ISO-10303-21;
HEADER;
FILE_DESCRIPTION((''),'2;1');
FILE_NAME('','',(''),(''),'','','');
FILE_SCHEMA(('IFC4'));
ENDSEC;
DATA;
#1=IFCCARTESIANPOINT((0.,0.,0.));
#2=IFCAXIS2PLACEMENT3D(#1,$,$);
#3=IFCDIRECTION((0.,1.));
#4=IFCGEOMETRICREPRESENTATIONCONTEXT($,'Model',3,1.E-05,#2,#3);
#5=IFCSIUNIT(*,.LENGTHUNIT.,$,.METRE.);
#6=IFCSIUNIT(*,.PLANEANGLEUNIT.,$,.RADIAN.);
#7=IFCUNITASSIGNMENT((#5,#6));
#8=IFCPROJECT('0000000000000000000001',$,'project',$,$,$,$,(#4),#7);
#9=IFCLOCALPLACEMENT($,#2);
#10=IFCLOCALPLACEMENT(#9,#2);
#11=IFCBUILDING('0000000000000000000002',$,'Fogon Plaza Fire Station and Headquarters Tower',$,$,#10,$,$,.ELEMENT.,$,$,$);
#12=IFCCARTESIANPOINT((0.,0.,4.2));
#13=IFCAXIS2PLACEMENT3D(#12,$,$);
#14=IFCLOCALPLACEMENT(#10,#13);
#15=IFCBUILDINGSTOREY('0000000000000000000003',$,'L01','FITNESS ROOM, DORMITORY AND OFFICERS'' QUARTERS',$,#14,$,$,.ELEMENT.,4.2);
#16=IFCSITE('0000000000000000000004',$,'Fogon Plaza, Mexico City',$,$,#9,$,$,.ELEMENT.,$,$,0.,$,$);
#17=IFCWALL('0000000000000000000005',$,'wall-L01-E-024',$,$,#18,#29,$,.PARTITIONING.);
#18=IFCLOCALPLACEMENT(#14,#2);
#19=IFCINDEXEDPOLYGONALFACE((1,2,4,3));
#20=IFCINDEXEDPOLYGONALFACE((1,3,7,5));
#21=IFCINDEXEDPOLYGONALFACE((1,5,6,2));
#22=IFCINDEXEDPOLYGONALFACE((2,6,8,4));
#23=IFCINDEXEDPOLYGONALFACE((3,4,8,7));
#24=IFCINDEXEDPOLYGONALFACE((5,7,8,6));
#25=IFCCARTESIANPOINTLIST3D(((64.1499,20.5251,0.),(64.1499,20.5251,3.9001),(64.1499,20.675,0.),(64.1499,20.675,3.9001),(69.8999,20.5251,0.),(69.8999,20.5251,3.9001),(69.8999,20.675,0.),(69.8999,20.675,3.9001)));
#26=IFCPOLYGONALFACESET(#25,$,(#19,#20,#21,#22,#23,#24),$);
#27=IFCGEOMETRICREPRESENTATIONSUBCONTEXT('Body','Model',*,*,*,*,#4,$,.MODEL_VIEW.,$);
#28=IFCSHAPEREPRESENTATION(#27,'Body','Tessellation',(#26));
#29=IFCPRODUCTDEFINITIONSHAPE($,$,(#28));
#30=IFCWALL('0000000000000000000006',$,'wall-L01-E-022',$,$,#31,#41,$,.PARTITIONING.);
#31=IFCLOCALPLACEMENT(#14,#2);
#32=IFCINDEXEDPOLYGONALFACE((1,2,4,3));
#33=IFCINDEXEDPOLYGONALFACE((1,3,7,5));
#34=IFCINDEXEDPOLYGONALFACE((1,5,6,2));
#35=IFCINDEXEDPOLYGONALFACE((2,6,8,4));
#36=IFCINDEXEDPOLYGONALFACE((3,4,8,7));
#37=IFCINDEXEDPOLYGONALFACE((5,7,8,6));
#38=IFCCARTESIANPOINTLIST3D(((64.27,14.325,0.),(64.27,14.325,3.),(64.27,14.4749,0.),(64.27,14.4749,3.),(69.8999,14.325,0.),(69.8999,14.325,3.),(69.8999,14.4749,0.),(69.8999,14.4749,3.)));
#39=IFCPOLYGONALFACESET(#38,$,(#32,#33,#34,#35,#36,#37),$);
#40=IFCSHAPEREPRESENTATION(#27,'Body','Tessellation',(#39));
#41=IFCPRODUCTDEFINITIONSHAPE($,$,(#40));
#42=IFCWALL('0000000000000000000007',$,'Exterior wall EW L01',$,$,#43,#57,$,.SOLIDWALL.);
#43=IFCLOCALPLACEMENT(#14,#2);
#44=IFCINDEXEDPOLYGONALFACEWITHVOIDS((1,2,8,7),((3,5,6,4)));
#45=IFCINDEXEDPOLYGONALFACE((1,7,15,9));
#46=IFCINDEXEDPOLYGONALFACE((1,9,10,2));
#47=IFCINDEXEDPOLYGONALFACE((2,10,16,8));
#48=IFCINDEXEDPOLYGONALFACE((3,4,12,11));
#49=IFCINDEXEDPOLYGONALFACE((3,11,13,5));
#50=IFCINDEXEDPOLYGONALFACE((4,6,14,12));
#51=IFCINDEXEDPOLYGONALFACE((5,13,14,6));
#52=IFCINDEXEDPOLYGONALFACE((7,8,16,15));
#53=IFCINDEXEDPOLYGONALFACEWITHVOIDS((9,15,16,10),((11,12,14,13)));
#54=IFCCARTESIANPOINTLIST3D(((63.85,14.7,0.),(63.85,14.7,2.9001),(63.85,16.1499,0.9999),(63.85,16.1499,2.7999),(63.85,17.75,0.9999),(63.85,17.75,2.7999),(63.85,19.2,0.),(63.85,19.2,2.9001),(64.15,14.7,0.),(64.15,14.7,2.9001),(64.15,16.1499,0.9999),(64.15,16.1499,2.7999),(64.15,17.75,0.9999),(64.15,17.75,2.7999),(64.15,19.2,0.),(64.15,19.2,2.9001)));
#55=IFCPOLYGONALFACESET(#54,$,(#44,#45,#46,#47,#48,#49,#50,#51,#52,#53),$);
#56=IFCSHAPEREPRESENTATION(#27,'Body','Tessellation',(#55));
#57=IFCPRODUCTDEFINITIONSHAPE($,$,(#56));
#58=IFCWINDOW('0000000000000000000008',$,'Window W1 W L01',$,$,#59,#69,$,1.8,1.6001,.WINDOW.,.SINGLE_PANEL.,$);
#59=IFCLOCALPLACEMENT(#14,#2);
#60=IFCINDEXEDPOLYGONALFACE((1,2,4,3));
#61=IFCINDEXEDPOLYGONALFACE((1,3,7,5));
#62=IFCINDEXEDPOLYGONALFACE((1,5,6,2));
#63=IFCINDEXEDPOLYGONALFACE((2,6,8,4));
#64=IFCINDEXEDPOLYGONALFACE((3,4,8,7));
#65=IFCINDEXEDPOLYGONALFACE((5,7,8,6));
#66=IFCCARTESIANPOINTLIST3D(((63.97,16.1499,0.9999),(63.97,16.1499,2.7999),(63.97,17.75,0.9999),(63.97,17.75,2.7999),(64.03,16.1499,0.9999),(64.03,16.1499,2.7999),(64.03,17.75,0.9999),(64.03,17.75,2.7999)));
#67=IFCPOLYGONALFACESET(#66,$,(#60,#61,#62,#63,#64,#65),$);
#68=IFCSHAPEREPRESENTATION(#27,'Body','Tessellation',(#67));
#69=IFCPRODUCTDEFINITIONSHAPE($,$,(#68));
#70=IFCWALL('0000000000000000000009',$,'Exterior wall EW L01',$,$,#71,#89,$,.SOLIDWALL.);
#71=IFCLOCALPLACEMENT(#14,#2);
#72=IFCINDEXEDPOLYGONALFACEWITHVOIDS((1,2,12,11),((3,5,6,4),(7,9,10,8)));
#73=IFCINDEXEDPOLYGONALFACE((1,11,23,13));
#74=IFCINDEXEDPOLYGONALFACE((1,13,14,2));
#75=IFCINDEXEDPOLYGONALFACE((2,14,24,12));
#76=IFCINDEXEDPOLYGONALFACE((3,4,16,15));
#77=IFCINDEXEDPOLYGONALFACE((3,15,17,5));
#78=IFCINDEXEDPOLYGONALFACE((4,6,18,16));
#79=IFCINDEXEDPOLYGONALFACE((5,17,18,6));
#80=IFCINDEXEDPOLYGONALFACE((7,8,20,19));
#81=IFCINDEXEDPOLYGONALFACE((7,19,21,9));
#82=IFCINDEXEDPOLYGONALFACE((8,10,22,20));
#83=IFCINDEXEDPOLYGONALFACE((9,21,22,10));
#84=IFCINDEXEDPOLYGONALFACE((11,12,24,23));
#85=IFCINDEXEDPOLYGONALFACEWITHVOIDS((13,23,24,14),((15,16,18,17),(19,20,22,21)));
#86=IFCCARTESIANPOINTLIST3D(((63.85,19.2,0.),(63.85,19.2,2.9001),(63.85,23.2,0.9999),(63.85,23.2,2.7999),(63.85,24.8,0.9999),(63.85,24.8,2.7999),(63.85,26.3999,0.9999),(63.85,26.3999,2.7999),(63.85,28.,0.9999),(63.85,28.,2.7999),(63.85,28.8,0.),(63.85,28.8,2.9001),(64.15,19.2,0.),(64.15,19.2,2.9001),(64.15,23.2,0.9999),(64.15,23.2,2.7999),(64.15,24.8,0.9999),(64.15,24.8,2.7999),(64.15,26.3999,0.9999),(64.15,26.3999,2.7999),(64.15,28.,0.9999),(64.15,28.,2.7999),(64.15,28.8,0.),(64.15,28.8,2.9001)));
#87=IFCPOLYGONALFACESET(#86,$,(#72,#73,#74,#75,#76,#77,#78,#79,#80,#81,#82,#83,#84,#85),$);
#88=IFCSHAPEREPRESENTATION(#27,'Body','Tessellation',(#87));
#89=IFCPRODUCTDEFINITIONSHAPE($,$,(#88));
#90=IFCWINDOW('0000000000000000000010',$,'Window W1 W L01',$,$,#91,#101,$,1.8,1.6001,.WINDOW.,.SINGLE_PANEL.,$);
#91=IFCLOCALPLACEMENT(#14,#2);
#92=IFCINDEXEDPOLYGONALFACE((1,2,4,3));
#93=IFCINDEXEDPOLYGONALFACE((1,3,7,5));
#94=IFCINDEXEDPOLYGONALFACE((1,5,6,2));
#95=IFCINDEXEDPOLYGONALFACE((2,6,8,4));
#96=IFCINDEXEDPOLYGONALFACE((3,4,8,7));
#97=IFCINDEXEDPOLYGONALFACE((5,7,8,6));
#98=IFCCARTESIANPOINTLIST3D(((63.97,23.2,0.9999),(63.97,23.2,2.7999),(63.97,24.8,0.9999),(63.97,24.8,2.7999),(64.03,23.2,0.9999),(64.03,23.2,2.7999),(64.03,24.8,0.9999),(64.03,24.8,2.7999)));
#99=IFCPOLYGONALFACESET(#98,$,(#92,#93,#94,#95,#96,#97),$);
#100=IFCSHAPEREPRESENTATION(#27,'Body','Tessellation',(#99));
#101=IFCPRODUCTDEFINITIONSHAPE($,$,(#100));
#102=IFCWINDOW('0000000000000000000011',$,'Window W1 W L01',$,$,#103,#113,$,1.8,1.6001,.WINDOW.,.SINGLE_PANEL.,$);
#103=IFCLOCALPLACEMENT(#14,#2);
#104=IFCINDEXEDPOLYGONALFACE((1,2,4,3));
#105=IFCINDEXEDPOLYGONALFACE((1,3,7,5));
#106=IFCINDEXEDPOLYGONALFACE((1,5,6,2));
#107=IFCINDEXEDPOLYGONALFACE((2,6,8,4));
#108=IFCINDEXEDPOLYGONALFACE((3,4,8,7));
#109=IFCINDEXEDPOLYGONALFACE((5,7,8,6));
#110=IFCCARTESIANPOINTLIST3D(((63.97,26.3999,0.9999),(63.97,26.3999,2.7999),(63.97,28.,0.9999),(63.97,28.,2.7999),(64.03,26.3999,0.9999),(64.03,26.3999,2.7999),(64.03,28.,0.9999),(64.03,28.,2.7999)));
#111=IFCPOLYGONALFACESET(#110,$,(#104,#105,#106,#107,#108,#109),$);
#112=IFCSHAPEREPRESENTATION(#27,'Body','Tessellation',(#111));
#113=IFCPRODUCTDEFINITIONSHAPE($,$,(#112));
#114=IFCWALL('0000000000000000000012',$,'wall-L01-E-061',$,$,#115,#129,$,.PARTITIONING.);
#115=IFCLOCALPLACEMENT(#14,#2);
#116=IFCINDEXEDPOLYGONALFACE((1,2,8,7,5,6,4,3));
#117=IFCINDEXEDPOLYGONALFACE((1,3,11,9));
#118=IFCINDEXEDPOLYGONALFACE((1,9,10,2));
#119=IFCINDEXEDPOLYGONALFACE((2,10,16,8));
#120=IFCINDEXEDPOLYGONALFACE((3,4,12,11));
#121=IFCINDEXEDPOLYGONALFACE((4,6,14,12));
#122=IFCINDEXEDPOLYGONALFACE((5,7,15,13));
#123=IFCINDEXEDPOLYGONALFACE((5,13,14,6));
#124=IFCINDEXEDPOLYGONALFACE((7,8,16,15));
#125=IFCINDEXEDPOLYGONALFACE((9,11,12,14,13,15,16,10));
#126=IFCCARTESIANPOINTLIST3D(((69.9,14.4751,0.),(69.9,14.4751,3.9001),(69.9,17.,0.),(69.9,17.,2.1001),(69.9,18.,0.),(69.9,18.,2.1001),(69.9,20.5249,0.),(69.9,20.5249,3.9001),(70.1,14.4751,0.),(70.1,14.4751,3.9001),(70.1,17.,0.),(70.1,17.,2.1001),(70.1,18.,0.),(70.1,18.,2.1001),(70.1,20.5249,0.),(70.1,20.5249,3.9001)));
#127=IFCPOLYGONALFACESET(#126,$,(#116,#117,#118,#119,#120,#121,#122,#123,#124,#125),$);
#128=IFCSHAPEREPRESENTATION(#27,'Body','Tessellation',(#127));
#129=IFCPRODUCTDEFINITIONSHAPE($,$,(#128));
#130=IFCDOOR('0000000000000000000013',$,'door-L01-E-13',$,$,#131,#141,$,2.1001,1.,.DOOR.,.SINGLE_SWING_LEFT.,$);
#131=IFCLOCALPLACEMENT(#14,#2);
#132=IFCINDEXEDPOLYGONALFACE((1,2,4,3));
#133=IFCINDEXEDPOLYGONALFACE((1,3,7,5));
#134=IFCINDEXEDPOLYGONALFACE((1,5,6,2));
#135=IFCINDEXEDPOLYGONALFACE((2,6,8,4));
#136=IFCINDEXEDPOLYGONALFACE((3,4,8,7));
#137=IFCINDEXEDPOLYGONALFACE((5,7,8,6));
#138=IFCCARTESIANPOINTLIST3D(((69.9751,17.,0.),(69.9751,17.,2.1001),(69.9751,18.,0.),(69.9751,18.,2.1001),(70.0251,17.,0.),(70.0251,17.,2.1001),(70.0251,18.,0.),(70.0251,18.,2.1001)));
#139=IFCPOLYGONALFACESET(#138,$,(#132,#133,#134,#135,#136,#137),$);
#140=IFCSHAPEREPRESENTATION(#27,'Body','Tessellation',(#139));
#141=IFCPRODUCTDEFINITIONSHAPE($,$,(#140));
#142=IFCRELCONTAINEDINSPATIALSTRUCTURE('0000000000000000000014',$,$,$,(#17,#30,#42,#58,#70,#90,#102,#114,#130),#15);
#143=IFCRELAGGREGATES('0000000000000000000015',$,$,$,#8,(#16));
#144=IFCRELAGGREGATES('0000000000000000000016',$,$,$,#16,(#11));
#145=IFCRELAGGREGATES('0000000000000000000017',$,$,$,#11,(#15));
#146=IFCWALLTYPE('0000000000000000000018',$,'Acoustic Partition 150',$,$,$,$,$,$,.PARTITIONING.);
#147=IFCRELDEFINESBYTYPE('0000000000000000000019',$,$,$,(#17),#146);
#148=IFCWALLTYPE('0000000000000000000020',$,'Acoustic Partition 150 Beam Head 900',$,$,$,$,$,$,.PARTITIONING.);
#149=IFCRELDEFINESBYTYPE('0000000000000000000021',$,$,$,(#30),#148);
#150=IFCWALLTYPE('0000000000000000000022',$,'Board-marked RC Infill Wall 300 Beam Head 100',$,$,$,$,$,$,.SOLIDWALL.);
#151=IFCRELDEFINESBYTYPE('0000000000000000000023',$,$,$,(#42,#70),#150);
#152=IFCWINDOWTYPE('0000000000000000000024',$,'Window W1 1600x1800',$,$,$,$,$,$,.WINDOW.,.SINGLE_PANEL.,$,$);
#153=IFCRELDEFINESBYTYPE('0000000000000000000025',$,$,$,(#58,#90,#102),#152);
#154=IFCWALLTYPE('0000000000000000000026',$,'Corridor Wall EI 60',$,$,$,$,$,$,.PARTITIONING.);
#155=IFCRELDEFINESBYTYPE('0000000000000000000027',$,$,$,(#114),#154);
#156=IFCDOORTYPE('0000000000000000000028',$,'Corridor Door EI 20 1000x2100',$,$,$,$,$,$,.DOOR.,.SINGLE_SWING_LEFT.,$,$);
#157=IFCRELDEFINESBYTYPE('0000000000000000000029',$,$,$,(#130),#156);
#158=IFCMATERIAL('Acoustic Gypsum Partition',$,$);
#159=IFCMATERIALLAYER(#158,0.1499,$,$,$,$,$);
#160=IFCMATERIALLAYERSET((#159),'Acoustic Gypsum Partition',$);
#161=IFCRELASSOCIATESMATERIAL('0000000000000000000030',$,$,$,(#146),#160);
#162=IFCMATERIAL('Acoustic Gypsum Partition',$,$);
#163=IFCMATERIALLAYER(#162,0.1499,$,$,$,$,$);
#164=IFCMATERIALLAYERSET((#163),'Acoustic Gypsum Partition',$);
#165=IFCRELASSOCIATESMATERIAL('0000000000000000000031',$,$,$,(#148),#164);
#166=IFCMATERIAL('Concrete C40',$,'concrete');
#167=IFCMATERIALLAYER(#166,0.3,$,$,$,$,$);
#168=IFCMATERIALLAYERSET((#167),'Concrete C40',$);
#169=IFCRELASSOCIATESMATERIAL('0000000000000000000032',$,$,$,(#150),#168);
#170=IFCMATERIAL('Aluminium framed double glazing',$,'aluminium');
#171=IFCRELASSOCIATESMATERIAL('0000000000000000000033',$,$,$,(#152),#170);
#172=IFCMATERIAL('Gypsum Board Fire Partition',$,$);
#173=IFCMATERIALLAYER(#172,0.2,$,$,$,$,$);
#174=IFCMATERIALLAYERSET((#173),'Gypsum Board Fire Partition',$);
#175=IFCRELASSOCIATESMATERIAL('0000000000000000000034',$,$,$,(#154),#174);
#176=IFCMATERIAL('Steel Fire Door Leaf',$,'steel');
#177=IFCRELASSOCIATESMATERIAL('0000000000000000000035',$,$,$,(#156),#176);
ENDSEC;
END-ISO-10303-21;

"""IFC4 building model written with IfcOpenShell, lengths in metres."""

from ifc_helpers import new_model, si_unit, direction, frame, frame_2d, origin, place, context, subcontext, project, spatial, rectangle, extrude, material, layer, layer_set, type_object, element, fill, save


model = new_model("IFC4")

# Units and contexts
model_context = context("Model", 3, precision=1e-05, world=origin(), true_north=direction((0.0, 1.0)))
body_context = subcontext(model_context, "Body", "Model", "MODEL_VIEW")
ifc_project = project(units=[si_unit("LENGTHUNIT", "METRE"), si_unit("PLANEANGLEUNIT", "RADIAN")], contexts=[model_context])

# Site, building, storey
site_placement = place(None, origin())
site = spatial("IfcSite", under=ifc_project, at=site_placement, Name="Fogon Plaza, Mexico City", CompositionType="ELEMENT", RefElevation=0.0)
building_placement = place(site_placement, origin())
building = spatial("IfcBuilding", under=site, at=building_placement, Name="Fogon Plaza Fire Station and Headquarters Tower", CompositionType="ELEMENT")
storey_placement = place(building_placement, frame((0.0, 0.0, 4.2)))
storey = spatial("IfcBuildingStorey", under=building, at=storey_placement, Name="L01", Description="FITNESS ROOM, DORMITORY AND OFFICERS' QUARTERS", CompositionType="ELEMENT", Elevation=4.2)

# Walls
ifc_material_1 = material(Name="Acoustic Gypsum Partition")
ifc_layer_1 = layer(ifc_material_1, 0.1499)
ifc_layer_set_1 = layer_set([ifc_layer_1], Name="Acoustic Gypsum Partition")
wall_type_1 = type_object("IfcWallType", Name="Acoustic Partition 150", PredefinedType="PARTITIONING", material=ifc_layer_set_1)
wall_1_placement = place(storey_placement, frame((69.8999, 20.6001, 0.0), z_axis=(0.0, 0.0, 1.0), x_axis=(-1.0, 0.0, 0.0)))
element("IfcWall", 1, at=wall_1_placement, inside=storey, type_object=wall_type_1, Name="wall-L01-E-024", PredefinedType="PARTITIONING", context=body_context, shape_type="SweptSolid", body=[
    extrude(rectangle(XDim=5.75, YDim=0.1499, at=frame_2d((2.875, 0.0))), origin(), (0.0, 0.0, 1.0), 3.9001),
])
ifc_material_2 = material(Name="Acoustic Gypsum Partition")
ifc_layer_2 = layer(ifc_material_2, 0.1499)
ifc_layer_set_2 = layer_set([ifc_layer_2], Name="Acoustic Gypsum Partition")
wall_type_2 = type_object("IfcWallType", Name="Acoustic Partition 150 Beam Head 900", PredefinedType="PARTITIONING", material=ifc_layer_set_2)
wall_2_placement = place(storey_placement, frame((69.8999, 14.3999, 0.0), z_axis=(0.0, 0.0, 1.0), x_axis=(-1.0, 0.0, 0.0)))
element("IfcWall", 2, at=wall_2_placement, inside=storey, type_object=wall_type_2, Name="wall-L01-E-022", PredefinedType="PARTITIONING", context=body_context, shape_type="SweptSolid", body=[
    extrude(rectangle(XDim=5.6299, YDim=0.1499, at=frame_2d((2.8149, 0.0))), origin(), (0.0, 0.0, 1.0), 3.0),
])

# Wall, opening, window
ifc_material_3 = material(Name="Concrete C40", Category="concrete")
ifc_layer_3 = layer(ifc_material_3, 0.3)
ifc_layer_set_3 = layer_set([ifc_layer_3], Name="Concrete C40")
wall_type_3 = type_object("IfcWallType", Name="Board-marked RC Infill Wall 300 Beam Head 100", PredefinedType="SOLIDWALL", material=ifc_layer_set_3)
wall_3_placement = place(storey_placement, frame((64.0, 14.7, 0.0), z_axis=(0.0, 0.0, 1.0), x_axis=(0.0, 1.0, 0.0)))
wall_3 = element("IfcWall", 3, at=wall_3_placement, inside=storey, type_object=wall_type_3, Name="Exterior wall EW L01", PredefinedType="SOLIDWALL", context=body_context, shape_type="SweptSolid", body=[
    extrude(rectangle(XDim=4.5, YDim=0.3, at=frame_2d((2.25, 0.0))), origin(), (0.0, 0.0, 1.0), 2.9001),
])
opening_1_placement = place(wall_3_placement, frame((1.45, 0.0, 1.0)))
opening_1 = element("IfcOpeningElement", 4, at=opening_1_placement, cuts=wall_3, PredefinedType="OPENING", context=body_context, shape_type="SweptSolid", body=[
    extrude(rectangle(XDim=1.6001, YDim=1.8, at=frame_2d((0.8, 0.8999))), frame((0.0, 0.1599, 0.0), z_axis=(0.0, -1.0, 0.0), x_axis=(1.0, 0.0, 0.0)), (0.0, 0.0, 1.0), 0.3201),
])
ifc_material_4 = material(Name="Aluminium framed double glazing", Category="aluminium")
window_type_1 = type_object("IfcWindowType", Name="Window W1 1600x1800", PartitioningType="SINGLE_PANEL", PredefinedType="WINDOW", material=ifc_material_4)
window_1_placement = place(opening_1_placement, origin())
window_1 = element("IfcWindow", 5, at=window_1_placement, inside=storey, type_object=window_type_1, Name="Window W1 W L01", OverallHeight=1.8, OverallWidth=1.6001, PartitioningType="SINGLE_PANEL", PredefinedType="WINDOW", context=body_context, shape_type="SweptSolid", body=[
    extrude(rectangle(XDim=1.6001, YDim=1.8, at=frame_2d((0.8, 0.8999))), frame((0.0, 0.03, 0.0), z_axis=(0.0, -1.0, 0.0), x_axis=(1.0, 0.0, 0.0)), (0.0, 0.0, 1.0), 0.0601),
])
fill(opening_1, window_1)

# Wall, openings, windows
wall_4_placement = place(storey_placement, frame((64.0, 19.2, 0.0), z_axis=(0.0, 0.0, 1.0), x_axis=(0.0, 1.0, 0.0)))
wall_4 = element("IfcWall", 6, at=wall_4_placement, inside=storey, type_object=wall_type_3, Name="Exterior wall EW L01", PredefinedType="SOLIDWALL", context=body_context, shape_type="SweptSolid", body=[
    extrude(rectangle(XDim=9.6001, YDim=0.3, at=frame_2d((4.8, 0.0))), origin(), (0.0, 0.0, 1.0), 2.9001),
])
opening_2_placement = place(wall_4_placement, frame((4.0, 0.0, 1.0)))
opening_2 = element("IfcOpeningElement", 7, at=opening_2_placement, cuts=wall_4, PredefinedType="OPENING", context=body_context, shape_type="SweptSolid", body=[
    extrude(rectangle(XDim=1.6001, YDim=1.8, at=frame_2d((0.8, 0.8999))), frame((0.0, 0.1599, 0.0), z_axis=(0.0, -1.0, 0.0), x_axis=(1.0, 0.0, 0.0)), (0.0, 0.0, 1.0), 0.3201),
])
opening_3_placement = place(wall_4_placement, frame((7.2, 0.0, 1.0)))
opening_3 = element("IfcOpeningElement", 8, at=opening_3_placement, cuts=wall_4, PredefinedType="OPENING", context=body_context, shape_type="SweptSolid", body=[
    extrude(rectangle(XDim=1.6001, YDim=1.8, at=frame_2d((0.8, 0.8999))), frame((0.0, 0.1599, 0.0), z_axis=(0.0, -1.0, 0.0), x_axis=(1.0, 0.0, 0.0)), (0.0, 0.0, 1.0), 0.3201),
])
window_2_placement = place(opening_2_placement, origin())
window_2 = element("IfcWindow", 9, at=window_2_placement, inside=storey, type_object=window_type_1, Name="Window W1 W L01", OverallHeight=1.8, OverallWidth=1.6001, PartitioningType="SINGLE_PANEL", PredefinedType="WINDOW", context=body_context, shape_type="SweptSolid", body=[
    extrude(rectangle(XDim=1.6001, YDim=1.8, at=frame_2d((0.8, 0.8999))), frame((0.0, 0.03, 0.0), z_axis=(0.0, -1.0, 0.0), x_axis=(1.0, 0.0, 0.0)), (0.0, 0.0, 1.0), 0.0601),
])
fill(opening_2, window_2)
window_3_placement = place(opening_3_placement, origin())
window_3 = element("IfcWindow", 10, at=window_3_placement, inside=storey, type_object=window_type_1, Name="Window W1 W L01", OverallHeight=1.8, OverallWidth=1.6001, PartitioningType="SINGLE_PANEL", PredefinedType="WINDOW", context=body_context, shape_type="SweptSolid", body=[
    extrude(rectangle(XDim=1.6001, YDim=1.8, at=frame_2d((0.8, 0.8999))), frame((0.0, 0.03, 0.0), z_axis=(0.0, -1.0, 0.0), x_axis=(1.0, 0.0, 0.0)), (0.0, 0.0, 1.0), 0.0601),
])
fill(opening_3, window_3)

# Wall, opening, door
ifc_material_5 = material(Name="Gypsum Board Fire Partition")
ifc_layer_4 = layer(ifc_material_5, 0.2)
ifc_layer_set_4 = layer_set([ifc_layer_4], Name="Gypsum Board Fire Partition")
wall_type_4 = type_object("IfcWallType", Name="Corridor Wall EI 60", PredefinedType="PARTITIONING", material=ifc_layer_set_4)
wall_5_placement = place(storey_placement, frame((70.0, 14.4751, 0.0), z_axis=(0.0, 0.0, 1.0), x_axis=(0.0, 1.0, 0.0)))
wall_5 = element("IfcWall", 11, at=wall_5_placement, inside=storey, type_object=wall_type_4, Name="wall-L01-E-061", PredefinedType="PARTITIONING", context=body_context, shape_type="SweptSolid", body=[
    extrude(rectangle(XDim=6.0498, YDim=0.2, at=frame_2d((3.0249, 0.0))), origin(), (0.0, 0.0, 1.0), 3.9001),
])
opening_4_placement = place(wall_5_placement, frame((2.5249, 0.0, 0.0)))
opening_4 = element("IfcOpeningElement", 12, at=opening_4_placement, cuts=wall_5, PredefinedType="OPENING", context=body_context, shape_type="SweptSolid", body=[
    extrude(rectangle(XDim=1.0, YDim=2.1001, at=frame_2d((0.5, 1.05))), frame((0.0, 0.1099, 0.0), z_axis=(0.0, -1.0, 0.0), x_axis=(1.0, 0.0, 0.0)), (0.0, 0.0, 1.0), 0.22),
])
ifc_material_6 = material(Name="Steel Fire Door Leaf", Category="steel")
door_type_1 = type_object("IfcDoorType", Name="Corridor Door EI 20 1000x2100", OperationType="SINGLE_SWING_LEFT", PredefinedType="DOOR", material=ifc_material_6)
door_1_placement = place(opening_4_placement, origin())
door_1 = element("IfcDoor", 13, at=door_1_placement, inside=storey, type_object=door_type_1, Name="door-L01-E-13", OperationType="SINGLE_SWING_LEFT", OverallHeight=2.1001, OverallWidth=1.0, PredefinedType="DOOR", context=body_context, shape_type="SweptSolid", body=[
    extrude(rectangle(XDim=1.0, YDim=2.1001, at=frame_2d((0.5, 1.05))), frame((0.0, 0.0249, 0.0), z_axis=(0.0, -1.0, 0.0), x_axis=(1.0, 0.0, 0.0)), (0.0, 0.0, 1.0), 0.05),
])
fill(opening_4, door_1)

save(model, "model.ifc")
